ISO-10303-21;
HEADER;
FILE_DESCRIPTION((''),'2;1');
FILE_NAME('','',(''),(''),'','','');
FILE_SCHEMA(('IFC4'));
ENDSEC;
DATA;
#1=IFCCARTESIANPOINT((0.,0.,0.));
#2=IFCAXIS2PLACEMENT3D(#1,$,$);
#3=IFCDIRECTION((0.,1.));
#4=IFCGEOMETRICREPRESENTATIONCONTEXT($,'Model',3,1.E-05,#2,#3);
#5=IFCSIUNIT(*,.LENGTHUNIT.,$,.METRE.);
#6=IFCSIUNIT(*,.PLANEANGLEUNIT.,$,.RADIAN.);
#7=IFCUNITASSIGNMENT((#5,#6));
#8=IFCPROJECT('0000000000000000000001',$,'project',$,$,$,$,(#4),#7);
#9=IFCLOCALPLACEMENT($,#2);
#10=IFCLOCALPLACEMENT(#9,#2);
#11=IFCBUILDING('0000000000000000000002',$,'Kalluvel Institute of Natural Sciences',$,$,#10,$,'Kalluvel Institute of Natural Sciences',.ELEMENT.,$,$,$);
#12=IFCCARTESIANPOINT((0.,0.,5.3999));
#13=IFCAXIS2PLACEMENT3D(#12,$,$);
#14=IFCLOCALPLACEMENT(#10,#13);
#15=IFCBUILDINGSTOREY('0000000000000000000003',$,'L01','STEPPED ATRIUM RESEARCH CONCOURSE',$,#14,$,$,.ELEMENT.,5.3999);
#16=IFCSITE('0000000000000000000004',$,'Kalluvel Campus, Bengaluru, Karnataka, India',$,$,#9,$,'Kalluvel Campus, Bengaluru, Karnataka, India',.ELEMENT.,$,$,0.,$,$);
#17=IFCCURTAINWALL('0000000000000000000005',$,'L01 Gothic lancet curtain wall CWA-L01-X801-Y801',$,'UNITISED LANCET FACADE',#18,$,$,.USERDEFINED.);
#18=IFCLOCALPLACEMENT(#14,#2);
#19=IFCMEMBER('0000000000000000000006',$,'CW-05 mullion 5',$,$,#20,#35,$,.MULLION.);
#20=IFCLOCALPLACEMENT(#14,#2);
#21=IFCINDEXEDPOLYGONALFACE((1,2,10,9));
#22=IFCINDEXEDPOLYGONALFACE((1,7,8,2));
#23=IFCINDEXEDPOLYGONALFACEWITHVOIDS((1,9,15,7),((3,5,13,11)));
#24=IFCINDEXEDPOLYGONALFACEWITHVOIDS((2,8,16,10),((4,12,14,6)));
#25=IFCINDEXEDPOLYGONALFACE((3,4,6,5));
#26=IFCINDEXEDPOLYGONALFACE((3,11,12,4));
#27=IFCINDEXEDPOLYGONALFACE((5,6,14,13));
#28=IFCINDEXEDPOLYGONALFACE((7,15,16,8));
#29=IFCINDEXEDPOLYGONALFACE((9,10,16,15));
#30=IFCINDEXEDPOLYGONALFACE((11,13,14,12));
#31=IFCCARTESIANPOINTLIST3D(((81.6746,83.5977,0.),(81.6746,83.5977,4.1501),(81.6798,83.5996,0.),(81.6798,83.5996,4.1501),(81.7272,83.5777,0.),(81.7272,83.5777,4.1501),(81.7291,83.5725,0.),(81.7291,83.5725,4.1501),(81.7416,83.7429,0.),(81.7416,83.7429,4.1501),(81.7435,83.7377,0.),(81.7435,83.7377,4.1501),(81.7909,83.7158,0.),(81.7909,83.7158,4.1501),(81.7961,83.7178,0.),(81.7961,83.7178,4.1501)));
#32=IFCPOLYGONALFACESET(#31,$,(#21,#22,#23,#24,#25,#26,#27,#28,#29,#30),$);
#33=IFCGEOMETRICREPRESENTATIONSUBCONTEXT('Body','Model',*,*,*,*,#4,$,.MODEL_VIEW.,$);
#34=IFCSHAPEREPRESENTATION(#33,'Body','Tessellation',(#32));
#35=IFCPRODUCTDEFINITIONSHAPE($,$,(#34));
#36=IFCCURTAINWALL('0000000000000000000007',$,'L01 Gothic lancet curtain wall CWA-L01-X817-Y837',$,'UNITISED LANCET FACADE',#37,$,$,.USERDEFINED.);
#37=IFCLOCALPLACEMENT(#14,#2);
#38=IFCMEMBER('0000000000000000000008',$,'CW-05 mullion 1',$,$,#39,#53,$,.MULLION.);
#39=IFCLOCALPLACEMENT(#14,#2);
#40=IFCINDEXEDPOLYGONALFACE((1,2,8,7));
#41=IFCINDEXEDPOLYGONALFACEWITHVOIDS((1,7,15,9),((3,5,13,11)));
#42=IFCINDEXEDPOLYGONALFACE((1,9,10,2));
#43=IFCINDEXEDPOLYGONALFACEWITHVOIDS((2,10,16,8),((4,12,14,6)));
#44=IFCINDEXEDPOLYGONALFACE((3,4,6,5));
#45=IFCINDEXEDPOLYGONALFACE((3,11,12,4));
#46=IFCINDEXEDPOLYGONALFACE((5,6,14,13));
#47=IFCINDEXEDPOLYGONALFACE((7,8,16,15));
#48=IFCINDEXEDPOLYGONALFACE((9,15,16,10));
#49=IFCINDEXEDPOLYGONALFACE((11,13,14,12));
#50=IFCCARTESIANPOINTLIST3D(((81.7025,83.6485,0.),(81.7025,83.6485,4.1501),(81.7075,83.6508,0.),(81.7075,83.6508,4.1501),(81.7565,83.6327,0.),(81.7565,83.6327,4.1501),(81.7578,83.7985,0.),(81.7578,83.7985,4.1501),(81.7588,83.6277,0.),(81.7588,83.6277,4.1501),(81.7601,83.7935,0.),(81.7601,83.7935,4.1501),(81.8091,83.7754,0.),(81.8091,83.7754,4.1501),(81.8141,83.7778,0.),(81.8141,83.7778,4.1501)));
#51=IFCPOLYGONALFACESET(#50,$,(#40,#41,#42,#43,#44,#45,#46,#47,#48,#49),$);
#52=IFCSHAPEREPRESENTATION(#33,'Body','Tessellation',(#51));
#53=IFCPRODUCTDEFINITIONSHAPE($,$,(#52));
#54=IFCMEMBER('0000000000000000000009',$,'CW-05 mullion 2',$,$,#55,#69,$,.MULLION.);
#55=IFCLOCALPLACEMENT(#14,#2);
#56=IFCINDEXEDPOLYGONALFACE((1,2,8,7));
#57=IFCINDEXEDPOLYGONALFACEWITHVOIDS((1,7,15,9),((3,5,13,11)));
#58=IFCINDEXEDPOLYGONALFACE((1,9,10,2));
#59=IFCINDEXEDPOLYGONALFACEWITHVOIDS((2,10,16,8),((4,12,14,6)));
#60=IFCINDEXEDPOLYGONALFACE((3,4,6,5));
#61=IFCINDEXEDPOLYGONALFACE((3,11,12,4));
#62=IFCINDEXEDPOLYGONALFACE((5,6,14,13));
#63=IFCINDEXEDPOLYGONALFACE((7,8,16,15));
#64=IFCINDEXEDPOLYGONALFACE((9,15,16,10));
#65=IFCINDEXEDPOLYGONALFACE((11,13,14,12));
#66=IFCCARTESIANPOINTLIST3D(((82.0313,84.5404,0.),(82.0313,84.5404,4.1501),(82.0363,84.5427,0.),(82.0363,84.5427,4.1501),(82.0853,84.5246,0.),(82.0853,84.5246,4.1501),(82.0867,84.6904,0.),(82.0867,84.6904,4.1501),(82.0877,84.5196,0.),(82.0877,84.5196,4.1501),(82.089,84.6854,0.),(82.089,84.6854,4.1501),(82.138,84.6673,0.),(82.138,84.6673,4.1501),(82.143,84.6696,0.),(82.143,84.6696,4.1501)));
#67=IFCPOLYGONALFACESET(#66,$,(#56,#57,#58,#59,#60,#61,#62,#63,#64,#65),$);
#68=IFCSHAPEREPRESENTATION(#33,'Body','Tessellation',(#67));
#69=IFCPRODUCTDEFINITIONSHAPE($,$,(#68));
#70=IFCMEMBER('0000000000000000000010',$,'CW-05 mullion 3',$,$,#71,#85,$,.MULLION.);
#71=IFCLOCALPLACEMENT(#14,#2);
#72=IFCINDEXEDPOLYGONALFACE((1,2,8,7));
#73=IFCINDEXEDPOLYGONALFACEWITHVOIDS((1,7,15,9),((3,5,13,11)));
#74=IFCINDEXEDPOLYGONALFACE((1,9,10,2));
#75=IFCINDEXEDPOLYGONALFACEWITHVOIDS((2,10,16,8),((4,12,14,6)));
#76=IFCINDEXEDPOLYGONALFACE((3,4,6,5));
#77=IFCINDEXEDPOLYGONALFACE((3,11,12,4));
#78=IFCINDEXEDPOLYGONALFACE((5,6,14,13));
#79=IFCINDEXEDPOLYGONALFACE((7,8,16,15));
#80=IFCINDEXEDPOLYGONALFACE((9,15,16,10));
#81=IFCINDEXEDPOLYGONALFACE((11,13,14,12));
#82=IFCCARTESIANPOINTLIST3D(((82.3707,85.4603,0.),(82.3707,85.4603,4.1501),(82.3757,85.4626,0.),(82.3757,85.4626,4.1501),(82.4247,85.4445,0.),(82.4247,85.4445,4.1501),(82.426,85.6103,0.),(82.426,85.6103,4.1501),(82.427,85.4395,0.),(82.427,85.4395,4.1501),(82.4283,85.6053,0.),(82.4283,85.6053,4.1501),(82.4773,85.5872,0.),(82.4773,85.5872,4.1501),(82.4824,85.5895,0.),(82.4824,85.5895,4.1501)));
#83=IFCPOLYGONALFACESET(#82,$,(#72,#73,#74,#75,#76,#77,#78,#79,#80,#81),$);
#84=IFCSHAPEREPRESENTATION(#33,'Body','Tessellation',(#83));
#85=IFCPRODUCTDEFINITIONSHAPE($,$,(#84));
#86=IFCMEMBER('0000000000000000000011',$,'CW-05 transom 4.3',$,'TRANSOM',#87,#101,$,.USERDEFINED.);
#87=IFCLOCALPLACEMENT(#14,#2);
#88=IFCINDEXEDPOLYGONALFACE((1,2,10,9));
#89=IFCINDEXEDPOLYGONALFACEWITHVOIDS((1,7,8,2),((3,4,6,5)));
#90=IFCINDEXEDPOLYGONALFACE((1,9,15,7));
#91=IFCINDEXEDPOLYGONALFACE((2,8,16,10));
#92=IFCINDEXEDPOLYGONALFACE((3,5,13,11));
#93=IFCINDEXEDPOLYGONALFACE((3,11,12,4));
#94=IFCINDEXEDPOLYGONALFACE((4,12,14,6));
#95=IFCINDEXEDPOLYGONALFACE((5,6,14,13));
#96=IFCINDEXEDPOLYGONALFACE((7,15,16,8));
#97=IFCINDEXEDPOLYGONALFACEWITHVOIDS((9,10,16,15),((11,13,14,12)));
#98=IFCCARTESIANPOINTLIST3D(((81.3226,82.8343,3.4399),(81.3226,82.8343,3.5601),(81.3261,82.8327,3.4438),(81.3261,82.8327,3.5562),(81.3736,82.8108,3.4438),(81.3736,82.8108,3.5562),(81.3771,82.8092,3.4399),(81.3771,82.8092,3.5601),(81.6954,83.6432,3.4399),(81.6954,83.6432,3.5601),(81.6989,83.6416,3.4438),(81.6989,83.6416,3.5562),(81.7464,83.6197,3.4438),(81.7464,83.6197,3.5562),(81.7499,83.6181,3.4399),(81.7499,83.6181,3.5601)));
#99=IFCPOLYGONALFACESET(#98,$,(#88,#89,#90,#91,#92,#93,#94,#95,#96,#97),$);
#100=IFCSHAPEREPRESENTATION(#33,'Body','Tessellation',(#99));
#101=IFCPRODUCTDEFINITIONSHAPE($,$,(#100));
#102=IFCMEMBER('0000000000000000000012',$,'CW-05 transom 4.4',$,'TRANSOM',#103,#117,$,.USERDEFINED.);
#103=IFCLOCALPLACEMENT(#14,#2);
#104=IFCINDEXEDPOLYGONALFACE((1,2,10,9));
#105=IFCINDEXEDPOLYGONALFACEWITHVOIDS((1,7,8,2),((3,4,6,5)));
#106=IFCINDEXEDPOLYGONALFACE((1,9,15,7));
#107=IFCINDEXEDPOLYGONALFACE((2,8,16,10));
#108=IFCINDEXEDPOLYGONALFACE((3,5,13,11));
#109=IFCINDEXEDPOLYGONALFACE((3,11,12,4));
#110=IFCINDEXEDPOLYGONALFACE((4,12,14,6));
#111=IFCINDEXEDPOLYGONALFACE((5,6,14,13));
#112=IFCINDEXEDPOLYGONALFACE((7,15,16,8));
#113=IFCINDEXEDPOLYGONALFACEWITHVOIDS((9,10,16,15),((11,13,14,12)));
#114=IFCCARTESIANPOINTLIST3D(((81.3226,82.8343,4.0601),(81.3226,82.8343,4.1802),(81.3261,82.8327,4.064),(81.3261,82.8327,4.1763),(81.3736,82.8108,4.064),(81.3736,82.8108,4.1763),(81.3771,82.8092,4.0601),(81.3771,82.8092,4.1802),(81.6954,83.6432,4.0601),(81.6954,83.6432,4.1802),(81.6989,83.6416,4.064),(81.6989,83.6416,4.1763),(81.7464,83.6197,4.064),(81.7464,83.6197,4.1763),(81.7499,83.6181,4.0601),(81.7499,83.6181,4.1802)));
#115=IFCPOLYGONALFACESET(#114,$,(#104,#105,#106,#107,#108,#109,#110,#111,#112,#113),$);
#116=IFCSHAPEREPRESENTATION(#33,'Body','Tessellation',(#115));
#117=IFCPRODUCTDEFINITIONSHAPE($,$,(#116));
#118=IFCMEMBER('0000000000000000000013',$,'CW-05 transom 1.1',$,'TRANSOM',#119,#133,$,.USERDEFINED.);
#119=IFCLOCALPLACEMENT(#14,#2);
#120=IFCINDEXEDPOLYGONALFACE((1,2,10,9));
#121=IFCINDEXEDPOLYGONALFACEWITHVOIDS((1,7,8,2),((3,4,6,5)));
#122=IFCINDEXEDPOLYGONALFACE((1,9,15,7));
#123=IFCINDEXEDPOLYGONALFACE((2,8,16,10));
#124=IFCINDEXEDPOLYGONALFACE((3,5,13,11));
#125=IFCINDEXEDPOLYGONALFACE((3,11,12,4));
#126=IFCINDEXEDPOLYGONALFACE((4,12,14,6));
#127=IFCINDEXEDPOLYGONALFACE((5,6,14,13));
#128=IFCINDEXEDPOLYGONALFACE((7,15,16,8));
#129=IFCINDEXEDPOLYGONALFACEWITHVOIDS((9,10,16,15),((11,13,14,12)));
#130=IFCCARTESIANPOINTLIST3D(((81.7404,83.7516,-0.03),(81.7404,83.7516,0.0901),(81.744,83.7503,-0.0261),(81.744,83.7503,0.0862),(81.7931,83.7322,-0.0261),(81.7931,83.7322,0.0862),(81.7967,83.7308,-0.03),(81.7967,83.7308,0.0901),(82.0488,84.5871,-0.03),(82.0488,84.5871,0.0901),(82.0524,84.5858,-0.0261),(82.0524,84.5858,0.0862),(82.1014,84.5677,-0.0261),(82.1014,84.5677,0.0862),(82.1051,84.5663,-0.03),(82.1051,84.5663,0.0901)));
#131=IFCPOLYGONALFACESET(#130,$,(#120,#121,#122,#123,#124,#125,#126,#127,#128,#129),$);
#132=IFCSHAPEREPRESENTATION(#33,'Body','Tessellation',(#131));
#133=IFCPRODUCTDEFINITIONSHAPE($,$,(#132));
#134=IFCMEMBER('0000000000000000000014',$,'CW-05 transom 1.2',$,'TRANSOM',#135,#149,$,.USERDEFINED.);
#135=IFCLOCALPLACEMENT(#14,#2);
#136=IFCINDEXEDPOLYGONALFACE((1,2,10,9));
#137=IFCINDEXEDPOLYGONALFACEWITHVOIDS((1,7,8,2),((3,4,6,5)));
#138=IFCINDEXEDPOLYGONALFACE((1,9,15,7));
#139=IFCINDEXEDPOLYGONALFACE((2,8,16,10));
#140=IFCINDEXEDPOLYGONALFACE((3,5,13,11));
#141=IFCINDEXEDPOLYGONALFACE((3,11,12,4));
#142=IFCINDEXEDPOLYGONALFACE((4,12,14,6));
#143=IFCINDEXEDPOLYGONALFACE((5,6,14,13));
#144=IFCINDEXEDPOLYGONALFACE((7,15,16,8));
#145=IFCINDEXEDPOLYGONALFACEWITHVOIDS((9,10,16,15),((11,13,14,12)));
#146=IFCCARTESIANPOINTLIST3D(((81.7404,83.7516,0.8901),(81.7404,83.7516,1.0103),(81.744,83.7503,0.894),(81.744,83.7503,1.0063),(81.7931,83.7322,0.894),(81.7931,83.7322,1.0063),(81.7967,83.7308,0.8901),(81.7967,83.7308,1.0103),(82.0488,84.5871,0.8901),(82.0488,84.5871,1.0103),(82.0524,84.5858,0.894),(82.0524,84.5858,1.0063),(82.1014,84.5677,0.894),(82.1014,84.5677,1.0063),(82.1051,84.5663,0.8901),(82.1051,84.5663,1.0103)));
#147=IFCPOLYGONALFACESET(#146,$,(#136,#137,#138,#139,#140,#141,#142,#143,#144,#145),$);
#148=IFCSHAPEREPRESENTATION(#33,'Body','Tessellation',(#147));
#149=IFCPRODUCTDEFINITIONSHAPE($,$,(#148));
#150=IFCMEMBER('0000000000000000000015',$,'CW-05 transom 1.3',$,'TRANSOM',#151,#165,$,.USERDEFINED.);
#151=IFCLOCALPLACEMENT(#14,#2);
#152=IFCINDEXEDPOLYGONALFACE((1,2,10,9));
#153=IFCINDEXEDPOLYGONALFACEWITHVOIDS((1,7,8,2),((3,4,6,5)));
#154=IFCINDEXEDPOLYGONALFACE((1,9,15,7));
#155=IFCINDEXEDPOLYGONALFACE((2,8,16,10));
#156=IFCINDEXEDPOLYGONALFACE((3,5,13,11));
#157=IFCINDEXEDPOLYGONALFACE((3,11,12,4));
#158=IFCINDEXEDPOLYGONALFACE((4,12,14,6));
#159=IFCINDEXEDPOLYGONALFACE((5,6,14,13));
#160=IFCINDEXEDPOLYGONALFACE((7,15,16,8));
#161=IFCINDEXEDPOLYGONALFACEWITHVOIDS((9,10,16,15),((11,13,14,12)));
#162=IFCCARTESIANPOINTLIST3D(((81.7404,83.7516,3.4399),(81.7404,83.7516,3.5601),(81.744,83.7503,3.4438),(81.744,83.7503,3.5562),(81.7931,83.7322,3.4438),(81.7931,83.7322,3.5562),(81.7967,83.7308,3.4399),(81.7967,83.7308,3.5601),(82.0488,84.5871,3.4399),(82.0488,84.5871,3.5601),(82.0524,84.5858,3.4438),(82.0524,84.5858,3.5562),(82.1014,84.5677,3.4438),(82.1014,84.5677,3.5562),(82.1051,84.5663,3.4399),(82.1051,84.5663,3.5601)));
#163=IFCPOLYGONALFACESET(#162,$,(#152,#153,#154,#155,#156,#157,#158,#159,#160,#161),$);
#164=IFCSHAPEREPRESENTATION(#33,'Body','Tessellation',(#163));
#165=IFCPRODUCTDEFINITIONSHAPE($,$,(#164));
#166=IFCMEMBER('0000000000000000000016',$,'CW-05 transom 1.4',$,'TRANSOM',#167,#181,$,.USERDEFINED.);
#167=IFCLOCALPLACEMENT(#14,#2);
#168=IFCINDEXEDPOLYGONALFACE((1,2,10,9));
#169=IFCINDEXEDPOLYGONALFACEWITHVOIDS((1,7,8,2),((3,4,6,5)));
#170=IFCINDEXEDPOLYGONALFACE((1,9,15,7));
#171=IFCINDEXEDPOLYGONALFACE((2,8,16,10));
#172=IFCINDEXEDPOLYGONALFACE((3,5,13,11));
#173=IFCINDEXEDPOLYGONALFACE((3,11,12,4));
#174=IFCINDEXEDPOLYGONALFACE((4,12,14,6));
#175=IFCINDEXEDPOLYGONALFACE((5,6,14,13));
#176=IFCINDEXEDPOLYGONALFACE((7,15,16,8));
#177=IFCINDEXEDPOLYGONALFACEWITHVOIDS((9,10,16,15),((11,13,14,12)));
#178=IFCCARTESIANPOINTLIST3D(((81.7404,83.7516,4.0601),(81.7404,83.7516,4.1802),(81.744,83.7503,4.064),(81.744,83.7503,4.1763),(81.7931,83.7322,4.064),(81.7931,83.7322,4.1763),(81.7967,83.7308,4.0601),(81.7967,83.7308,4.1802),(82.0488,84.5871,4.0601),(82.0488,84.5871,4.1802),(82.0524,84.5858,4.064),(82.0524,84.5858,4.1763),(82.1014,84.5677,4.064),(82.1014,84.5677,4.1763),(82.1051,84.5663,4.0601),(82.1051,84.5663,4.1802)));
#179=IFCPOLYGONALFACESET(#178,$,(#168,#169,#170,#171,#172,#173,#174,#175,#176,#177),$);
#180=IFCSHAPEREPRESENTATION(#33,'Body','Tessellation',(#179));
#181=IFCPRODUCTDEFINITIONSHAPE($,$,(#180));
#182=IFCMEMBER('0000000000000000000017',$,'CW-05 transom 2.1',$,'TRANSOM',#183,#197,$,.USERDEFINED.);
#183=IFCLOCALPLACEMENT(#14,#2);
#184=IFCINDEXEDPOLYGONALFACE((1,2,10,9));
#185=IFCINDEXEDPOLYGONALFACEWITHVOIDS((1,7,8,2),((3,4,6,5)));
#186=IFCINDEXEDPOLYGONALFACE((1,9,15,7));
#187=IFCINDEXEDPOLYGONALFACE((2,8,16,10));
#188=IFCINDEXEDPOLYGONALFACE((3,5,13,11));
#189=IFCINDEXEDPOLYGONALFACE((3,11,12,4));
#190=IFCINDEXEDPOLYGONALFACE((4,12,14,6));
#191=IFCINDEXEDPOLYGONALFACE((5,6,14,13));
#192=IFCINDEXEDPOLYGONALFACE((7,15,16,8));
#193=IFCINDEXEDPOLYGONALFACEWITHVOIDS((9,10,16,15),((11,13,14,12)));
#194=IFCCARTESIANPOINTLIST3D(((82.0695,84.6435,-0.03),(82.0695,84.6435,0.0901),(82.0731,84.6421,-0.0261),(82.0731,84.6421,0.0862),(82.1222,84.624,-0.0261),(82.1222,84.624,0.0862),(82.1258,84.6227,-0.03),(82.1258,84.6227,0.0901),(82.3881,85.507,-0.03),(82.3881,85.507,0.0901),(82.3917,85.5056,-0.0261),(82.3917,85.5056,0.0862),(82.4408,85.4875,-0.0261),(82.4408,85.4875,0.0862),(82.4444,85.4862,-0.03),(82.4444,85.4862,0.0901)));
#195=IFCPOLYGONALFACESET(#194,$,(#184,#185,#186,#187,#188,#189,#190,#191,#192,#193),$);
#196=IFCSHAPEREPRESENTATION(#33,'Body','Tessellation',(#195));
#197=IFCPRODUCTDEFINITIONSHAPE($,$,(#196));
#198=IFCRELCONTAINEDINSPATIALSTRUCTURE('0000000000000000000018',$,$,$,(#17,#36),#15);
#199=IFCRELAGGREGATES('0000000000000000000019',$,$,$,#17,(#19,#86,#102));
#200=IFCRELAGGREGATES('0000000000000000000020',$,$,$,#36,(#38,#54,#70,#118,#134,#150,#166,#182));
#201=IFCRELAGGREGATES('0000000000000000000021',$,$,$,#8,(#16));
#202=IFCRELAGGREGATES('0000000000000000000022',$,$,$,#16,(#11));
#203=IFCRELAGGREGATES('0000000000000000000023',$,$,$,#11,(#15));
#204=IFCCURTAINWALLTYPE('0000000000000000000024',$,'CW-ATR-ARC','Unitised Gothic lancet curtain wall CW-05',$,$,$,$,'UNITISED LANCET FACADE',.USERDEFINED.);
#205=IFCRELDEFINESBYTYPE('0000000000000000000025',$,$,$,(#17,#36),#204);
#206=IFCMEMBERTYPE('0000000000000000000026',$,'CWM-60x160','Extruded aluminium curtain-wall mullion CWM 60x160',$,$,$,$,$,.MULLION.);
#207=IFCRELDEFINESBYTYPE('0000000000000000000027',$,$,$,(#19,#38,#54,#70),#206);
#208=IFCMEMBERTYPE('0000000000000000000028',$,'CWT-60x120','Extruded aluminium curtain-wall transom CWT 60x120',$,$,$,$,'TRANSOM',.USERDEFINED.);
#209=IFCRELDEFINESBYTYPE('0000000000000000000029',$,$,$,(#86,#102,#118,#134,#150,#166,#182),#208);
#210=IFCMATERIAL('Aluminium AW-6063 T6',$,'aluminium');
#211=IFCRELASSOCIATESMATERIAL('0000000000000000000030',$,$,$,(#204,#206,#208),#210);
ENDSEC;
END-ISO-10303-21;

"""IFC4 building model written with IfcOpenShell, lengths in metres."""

from ifc_helpers import new_model, si_unit, direction, frame, origin, origin_2d, place, context, subcontext, project, spatial, hollow_rectangle, extrude, material, material_profile, profile_set, type_object, element, aggregate, save


model = new_model("IFC4")

# Units and contexts
model_context = context("Model", 3, precision=1e-05, world=origin(), true_north=direction((0.0, 1.0)))
body_context = subcontext(model_context, "Body", "Model", "MODEL_VIEW")
ifc_project = project(units=[si_unit("LENGTHUNIT", "METRE"), si_unit("PLANEANGLEUNIT", "RADIAN")], contexts=[model_context])

# Site, building, storey
site_placement = place(None, origin())
site = spatial("IfcSite", under=ifc_project, at=site_placement, Name="Kalluvel Campus, Bengaluru, Karnataka, India", LongName="Kalluvel Campus, Bengaluru, Karnataka, India", CompositionType="ELEMENT", RefElevation=0.0)
building_placement = place(site_placement, origin())
building = spatial("IfcBuilding", under=site, at=building_placement, Name="Kalluvel Institute of Natural Sciences", LongName="Kalluvel Institute of Natural Sciences", CompositionType="ELEMENT")
storey_placement = place(building_placement, frame((0.0, 0.0, 5.3999)))
storey = spatial("IfcBuildingStorey", under=building, at=storey_placement, Name="L01", Description="STEPPED ATRIUM RESEARCH CONCOURSE", CompositionType="ELEMENT", Elevation=5.3999)

# Curtain wall, member
ifc_material_1 = material(Name="Aluminium AW-6063 T6", Category="aluminium")
curtain_wall_type = type_object("IfcCurtainWallType", Name="CW-ATR-ARC", Description="Unitised Gothic lancet curtain wall CW-05", ElementType="UNITISED LANCET FACADE", PredefinedType="USERDEFINED", material=ifc_material_1)
curtain_wall_1_placement = place(storey_placement, origin())
curtain_wall_1 = element("IfcCurtainWall", 1, at=curtain_wall_1_placement, inside=storey, type_object=curtain_wall_type, Name="L01 Gothic lancet curtain wall CWA-L01-X801-Y801", ObjectType="UNITISED LANCET FACADE", PredefinedType="USERDEFINED")
ifc_material_profile_1 = material_profile(ifc_material_1, hollow_rectangle(XDim=0.0601, YDim=0.1599, WallThickness=0.0039, at=origin_2d()), Name="CWM 60x160")
ifc_profile_set_1 = profile_set([ifc_material_profile_1], Name="Aluminium AW-6063 T6")
member_type_1 = type_object("IfcMemberType", Name="CWM-60x160", Description="Extruded aluminium curtain-wall mullion CWM 60x160", PredefinedType="MULLION", material=ifc_profile_set_1)
member_1_placement = place(storey_placement, frame((81.7354, 83.6577, 0.0), z_axis=(0.0, 0.0, 1.0), x_axis=(-0.908144, 0.418657, 0.0)))
member_1 = element("IfcMember", 2, at=member_1_placement, type_object=member_type_1, Name="CW-05 mullion 5", PredefinedType="MULLION", context=body_context, shape_type="SweptSolid", body=[
    extrude(hollow_rectangle(XDim=0.0601, YDim=0.1599, WallThickness=0.0039, at=origin_2d()), origin(), (0.0, 0.0, 1.0), 4.1501),
])

# Curtain wall, members
curtain_wall_2_placement = place(storey_placement, origin())
curtain_wall_2 = element("IfcCurtainWall", 3, at=curtain_wall_2_placement, inside=storey, type_object=curtain_wall_type, Name="L01 Gothic lancet curtain wall CWA-L01-X817-Y837", ObjectType="UNITISED LANCET FACADE", PredefinedType="USERDEFINED")
member_2_placement = place(storey_placement, frame((81.7583, 83.7131, 0.0), z_axis=(0.0, 0.0, 1.0), x_axis=(-0.938189, 0.346122, 0.0)))
member_2 = element("IfcMember", 4, at=member_2_placement, type_object=member_type_1, Name="CW-05 mullion 1", PredefinedType="MULLION", context=body_context, shape_type="SweptSolid", body=[
    extrude(hollow_rectangle(XDim=0.0601, YDim=0.1599, WallThickness=0.0039, at=origin_2d()), origin(), (0.0, 0.0, 1.0), 4.1501),
])
member_3_placement = place(storey_placement, frame((82.0872, 84.605, 0.0), z_axis=(0.0, 0.0, 1.0), x_axis=(-0.938189, 0.346122, 0.0)))
member_3 = element("IfcMember", 5, at=member_3_placement, type_object=member_type_1, Name="CW-05 mullion 2", PredefinedType="MULLION", context=body_context, shape_type="SweptSolid", body=[
    extrude(hollow_rectangle(XDim=0.0601, YDim=0.1599, WallThickness=0.0039, at=origin_2d()), origin(), (0.0, 0.0, 1.0), 4.1501),
])
member_4_placement = place(storey_placement, frame((82.4265, 85.5249, 0.0), z_axis=(0.0, 0.0, 1.0), x_axis=(-0.938189, 0.346122, 0.0)))
member_4 = element("IfcMember", 6, at=member_4_placement, type_object=member_type_1, Name="CW-05 mullion 3", PredefinedType="MULLION", context=body_context, shape_type="SweptSolid", body=[
    extrude(hollow_rectangle(XDim=0.0601, YDim=0.1599, WallThickness=0.0039, at=origin_2d()), origin(), (0.0, 0.0, 1.0), 4.1501),
])

# Members
ifc_material_profile_2 = material_profile(ifc_material_1, hollow_rectangle(XDim=0.0601, YDim=0.1201, WallThickness=0.0039, at=origin_2d()), Name="CWT 60x120")
ifc_profile_set_2 = profile_set([ifc_material_profile_2], Name="Aluminium AW-6063 T6")
member_type_2 = type_object("IfcMemberType", Name="CWT-60x120", Description="Extruded aluminium curtain-wall transom CWT 60x120", ElementType="TRANSOM", PredefinedType="USERDEFINED", material=ifc_profile_set_2)
member_5_placement = place(storey_placement, frame((81.3499, 82.8218, 3.5), z_axis=(0.418589, 0.908176, 0.0), x_axis=(-0.908176, 0.418589, 0.0)))
member_5 = element("IfcMember", 7, at=member_5_placement, type_object=member_type_2, Name="CW-05 transom 4.3", ObjectType="TRANSOM", PredefinedType="USERDEFINED", context=body_context, shape_type="SweptSolid", body=[
    extrude(hollow_rectangle(XDim=0.0601, YDim=0.1201, WallThickness=0.0039, at=origin_2d()), origin(), (0.0, 0.0, 1.0), 0.8906),
])
member_6_placement = place(storey_placement, frame((81.3499, 82.8218, 4.1201), z_axis=(0.418589, 0.908176, 0.0), x_axis=(-0.908176, 0.418589, 0.0)))
member_6 = element("IfcMember", 8, at=member_6_placement, type_object=member_type_2, Name="CW-05 transom 4.4", ObjectType="TRANSOM", PredefinedType="USERDEFINED", context=body_context, shape_type="SweptSolid", body=[
    extrude(hollow_rectangle(XDim=0.0601, YDim=0.1201, WallThickness=0.0039, at=origin_2d()), origin(), (0.0, 0.0, 1.0), 0.8906),
])
member_7_placement = place(storey_placement, frame((81.7686, 83.7412, 0.03), z_axis=(0.346252, 0.938142, 0.0), x_axis=(-0.938142, 0.346252, 0.0)))
member_7 = element("IfcMember", 9, at=member_7_placement, type_object=member_type_2, Name="CW-05 transom 1.1", ObjectType="TRANSOM", PredefinedType="USERDEFINED", context=body_context, shape_type="SweptSolid", body=[
    extrude(hollow_rectangle(XDim=0.0601, YDim=0.1201, WallThickness=0.0039, at=origin_2d()), origin(), (0.0, 0.0, 1.0), 0.8906),
])
member_8_placement = place(storey_placement, frame((81.7686, 83.7412, 0.9502), z_axis=(0.346252, 0.938142, 0.0), x_axis=(-0.938142, 0.346252, 0.0)))
member_8 = element("IfcMember", 10, at=member_8_placement, type_object=member_type_2, Name="CW-05 transom 1.2", ObjectType="TRANSOM", PredefinedType="USERDEFINED", context=body_context, shape_type="SweptSolid", body=[
    extrude(hollow_rectangle(XDim=0.0601, YDim=0.1201, WallThickness=0.0039, at=origin_2d()), origin(), (0.0, 0.0, 1.0), 0.8906),
])
member_9_placement = place(storey_placement, frame((81.7686, 83.7412, 3.5), z_axis=(0.346252, 0.938142, 0.0), x_axis=(-0.938142, 0.346252, 0.0)))
member_9 = element("IfcMember", 11, at=member_9_placement, type_object=member_type_2, Name="CW-05 transom 1.3", ObjectType="TRANSOM", PredefinedType="USERDEFINED", context=body_context, shape_type="SweptSolid", body=[
    extrude(hollow_rectangle(XDim=0.0601, YDim=0.1201, WallThickness=0.0039, at=origin_2d()), origin(), (0.0, 0.0, 1.0), 0.8906),
])
member_10_placement = place(storey_placement, frame((81.7686, 83.7412, 4.1201), z_axis=(0.346252, 0.938142, 0.0), x_axis=(-0.938142, 0.346252, 0.0)))
member_10 = element("IfcMember", 12, at=member_10_placement, type_object=member_type_2, Name="CW-05 transom 1.4", ObjectType="TRANSOM", PredefinedType="USERDEFINED", context=body_context, shape_type="SweptSolid", body=[
    extrude(hollow_rectangle(XDim=0.0601, YDim=0.1201, WallThickness=0.0039, at=origin_2d()), origin(), (0.0, 0.0, 1.0), 0.8906),
])
member_11_placement = place(storey_placement, frame((82.0977, 84.6331, 0.03), z_axis=(0.346148, 0.93818, 0.0), x_axis=(-0.93818, 0.346148, 0.0)))
member_11 = element("IfcMember", 13, at=member_11_placement, type_object=member_type_2, Name="CW-05 transom 2.1", ObjectType="TRANSOM", PredefinedType="USERDEFINED", context=body_context, shape_type="SweptSolid", body=[
    extrude(hollow_rectangle(XDim=0.0601, YDim=0.1201, WallThickness=0.0039, at=origin_2d()), origin(), (0.0, 0.0, 1.0), 0.9204),
])

aggregate(curtain_wall_1, [member_1, member_5, member_6])
aggregate(curtain_wall_2, [member_2, member_3, member_4, member_7, member_8, member_9, member_10, member_11])

save(model, "model.ifc")
